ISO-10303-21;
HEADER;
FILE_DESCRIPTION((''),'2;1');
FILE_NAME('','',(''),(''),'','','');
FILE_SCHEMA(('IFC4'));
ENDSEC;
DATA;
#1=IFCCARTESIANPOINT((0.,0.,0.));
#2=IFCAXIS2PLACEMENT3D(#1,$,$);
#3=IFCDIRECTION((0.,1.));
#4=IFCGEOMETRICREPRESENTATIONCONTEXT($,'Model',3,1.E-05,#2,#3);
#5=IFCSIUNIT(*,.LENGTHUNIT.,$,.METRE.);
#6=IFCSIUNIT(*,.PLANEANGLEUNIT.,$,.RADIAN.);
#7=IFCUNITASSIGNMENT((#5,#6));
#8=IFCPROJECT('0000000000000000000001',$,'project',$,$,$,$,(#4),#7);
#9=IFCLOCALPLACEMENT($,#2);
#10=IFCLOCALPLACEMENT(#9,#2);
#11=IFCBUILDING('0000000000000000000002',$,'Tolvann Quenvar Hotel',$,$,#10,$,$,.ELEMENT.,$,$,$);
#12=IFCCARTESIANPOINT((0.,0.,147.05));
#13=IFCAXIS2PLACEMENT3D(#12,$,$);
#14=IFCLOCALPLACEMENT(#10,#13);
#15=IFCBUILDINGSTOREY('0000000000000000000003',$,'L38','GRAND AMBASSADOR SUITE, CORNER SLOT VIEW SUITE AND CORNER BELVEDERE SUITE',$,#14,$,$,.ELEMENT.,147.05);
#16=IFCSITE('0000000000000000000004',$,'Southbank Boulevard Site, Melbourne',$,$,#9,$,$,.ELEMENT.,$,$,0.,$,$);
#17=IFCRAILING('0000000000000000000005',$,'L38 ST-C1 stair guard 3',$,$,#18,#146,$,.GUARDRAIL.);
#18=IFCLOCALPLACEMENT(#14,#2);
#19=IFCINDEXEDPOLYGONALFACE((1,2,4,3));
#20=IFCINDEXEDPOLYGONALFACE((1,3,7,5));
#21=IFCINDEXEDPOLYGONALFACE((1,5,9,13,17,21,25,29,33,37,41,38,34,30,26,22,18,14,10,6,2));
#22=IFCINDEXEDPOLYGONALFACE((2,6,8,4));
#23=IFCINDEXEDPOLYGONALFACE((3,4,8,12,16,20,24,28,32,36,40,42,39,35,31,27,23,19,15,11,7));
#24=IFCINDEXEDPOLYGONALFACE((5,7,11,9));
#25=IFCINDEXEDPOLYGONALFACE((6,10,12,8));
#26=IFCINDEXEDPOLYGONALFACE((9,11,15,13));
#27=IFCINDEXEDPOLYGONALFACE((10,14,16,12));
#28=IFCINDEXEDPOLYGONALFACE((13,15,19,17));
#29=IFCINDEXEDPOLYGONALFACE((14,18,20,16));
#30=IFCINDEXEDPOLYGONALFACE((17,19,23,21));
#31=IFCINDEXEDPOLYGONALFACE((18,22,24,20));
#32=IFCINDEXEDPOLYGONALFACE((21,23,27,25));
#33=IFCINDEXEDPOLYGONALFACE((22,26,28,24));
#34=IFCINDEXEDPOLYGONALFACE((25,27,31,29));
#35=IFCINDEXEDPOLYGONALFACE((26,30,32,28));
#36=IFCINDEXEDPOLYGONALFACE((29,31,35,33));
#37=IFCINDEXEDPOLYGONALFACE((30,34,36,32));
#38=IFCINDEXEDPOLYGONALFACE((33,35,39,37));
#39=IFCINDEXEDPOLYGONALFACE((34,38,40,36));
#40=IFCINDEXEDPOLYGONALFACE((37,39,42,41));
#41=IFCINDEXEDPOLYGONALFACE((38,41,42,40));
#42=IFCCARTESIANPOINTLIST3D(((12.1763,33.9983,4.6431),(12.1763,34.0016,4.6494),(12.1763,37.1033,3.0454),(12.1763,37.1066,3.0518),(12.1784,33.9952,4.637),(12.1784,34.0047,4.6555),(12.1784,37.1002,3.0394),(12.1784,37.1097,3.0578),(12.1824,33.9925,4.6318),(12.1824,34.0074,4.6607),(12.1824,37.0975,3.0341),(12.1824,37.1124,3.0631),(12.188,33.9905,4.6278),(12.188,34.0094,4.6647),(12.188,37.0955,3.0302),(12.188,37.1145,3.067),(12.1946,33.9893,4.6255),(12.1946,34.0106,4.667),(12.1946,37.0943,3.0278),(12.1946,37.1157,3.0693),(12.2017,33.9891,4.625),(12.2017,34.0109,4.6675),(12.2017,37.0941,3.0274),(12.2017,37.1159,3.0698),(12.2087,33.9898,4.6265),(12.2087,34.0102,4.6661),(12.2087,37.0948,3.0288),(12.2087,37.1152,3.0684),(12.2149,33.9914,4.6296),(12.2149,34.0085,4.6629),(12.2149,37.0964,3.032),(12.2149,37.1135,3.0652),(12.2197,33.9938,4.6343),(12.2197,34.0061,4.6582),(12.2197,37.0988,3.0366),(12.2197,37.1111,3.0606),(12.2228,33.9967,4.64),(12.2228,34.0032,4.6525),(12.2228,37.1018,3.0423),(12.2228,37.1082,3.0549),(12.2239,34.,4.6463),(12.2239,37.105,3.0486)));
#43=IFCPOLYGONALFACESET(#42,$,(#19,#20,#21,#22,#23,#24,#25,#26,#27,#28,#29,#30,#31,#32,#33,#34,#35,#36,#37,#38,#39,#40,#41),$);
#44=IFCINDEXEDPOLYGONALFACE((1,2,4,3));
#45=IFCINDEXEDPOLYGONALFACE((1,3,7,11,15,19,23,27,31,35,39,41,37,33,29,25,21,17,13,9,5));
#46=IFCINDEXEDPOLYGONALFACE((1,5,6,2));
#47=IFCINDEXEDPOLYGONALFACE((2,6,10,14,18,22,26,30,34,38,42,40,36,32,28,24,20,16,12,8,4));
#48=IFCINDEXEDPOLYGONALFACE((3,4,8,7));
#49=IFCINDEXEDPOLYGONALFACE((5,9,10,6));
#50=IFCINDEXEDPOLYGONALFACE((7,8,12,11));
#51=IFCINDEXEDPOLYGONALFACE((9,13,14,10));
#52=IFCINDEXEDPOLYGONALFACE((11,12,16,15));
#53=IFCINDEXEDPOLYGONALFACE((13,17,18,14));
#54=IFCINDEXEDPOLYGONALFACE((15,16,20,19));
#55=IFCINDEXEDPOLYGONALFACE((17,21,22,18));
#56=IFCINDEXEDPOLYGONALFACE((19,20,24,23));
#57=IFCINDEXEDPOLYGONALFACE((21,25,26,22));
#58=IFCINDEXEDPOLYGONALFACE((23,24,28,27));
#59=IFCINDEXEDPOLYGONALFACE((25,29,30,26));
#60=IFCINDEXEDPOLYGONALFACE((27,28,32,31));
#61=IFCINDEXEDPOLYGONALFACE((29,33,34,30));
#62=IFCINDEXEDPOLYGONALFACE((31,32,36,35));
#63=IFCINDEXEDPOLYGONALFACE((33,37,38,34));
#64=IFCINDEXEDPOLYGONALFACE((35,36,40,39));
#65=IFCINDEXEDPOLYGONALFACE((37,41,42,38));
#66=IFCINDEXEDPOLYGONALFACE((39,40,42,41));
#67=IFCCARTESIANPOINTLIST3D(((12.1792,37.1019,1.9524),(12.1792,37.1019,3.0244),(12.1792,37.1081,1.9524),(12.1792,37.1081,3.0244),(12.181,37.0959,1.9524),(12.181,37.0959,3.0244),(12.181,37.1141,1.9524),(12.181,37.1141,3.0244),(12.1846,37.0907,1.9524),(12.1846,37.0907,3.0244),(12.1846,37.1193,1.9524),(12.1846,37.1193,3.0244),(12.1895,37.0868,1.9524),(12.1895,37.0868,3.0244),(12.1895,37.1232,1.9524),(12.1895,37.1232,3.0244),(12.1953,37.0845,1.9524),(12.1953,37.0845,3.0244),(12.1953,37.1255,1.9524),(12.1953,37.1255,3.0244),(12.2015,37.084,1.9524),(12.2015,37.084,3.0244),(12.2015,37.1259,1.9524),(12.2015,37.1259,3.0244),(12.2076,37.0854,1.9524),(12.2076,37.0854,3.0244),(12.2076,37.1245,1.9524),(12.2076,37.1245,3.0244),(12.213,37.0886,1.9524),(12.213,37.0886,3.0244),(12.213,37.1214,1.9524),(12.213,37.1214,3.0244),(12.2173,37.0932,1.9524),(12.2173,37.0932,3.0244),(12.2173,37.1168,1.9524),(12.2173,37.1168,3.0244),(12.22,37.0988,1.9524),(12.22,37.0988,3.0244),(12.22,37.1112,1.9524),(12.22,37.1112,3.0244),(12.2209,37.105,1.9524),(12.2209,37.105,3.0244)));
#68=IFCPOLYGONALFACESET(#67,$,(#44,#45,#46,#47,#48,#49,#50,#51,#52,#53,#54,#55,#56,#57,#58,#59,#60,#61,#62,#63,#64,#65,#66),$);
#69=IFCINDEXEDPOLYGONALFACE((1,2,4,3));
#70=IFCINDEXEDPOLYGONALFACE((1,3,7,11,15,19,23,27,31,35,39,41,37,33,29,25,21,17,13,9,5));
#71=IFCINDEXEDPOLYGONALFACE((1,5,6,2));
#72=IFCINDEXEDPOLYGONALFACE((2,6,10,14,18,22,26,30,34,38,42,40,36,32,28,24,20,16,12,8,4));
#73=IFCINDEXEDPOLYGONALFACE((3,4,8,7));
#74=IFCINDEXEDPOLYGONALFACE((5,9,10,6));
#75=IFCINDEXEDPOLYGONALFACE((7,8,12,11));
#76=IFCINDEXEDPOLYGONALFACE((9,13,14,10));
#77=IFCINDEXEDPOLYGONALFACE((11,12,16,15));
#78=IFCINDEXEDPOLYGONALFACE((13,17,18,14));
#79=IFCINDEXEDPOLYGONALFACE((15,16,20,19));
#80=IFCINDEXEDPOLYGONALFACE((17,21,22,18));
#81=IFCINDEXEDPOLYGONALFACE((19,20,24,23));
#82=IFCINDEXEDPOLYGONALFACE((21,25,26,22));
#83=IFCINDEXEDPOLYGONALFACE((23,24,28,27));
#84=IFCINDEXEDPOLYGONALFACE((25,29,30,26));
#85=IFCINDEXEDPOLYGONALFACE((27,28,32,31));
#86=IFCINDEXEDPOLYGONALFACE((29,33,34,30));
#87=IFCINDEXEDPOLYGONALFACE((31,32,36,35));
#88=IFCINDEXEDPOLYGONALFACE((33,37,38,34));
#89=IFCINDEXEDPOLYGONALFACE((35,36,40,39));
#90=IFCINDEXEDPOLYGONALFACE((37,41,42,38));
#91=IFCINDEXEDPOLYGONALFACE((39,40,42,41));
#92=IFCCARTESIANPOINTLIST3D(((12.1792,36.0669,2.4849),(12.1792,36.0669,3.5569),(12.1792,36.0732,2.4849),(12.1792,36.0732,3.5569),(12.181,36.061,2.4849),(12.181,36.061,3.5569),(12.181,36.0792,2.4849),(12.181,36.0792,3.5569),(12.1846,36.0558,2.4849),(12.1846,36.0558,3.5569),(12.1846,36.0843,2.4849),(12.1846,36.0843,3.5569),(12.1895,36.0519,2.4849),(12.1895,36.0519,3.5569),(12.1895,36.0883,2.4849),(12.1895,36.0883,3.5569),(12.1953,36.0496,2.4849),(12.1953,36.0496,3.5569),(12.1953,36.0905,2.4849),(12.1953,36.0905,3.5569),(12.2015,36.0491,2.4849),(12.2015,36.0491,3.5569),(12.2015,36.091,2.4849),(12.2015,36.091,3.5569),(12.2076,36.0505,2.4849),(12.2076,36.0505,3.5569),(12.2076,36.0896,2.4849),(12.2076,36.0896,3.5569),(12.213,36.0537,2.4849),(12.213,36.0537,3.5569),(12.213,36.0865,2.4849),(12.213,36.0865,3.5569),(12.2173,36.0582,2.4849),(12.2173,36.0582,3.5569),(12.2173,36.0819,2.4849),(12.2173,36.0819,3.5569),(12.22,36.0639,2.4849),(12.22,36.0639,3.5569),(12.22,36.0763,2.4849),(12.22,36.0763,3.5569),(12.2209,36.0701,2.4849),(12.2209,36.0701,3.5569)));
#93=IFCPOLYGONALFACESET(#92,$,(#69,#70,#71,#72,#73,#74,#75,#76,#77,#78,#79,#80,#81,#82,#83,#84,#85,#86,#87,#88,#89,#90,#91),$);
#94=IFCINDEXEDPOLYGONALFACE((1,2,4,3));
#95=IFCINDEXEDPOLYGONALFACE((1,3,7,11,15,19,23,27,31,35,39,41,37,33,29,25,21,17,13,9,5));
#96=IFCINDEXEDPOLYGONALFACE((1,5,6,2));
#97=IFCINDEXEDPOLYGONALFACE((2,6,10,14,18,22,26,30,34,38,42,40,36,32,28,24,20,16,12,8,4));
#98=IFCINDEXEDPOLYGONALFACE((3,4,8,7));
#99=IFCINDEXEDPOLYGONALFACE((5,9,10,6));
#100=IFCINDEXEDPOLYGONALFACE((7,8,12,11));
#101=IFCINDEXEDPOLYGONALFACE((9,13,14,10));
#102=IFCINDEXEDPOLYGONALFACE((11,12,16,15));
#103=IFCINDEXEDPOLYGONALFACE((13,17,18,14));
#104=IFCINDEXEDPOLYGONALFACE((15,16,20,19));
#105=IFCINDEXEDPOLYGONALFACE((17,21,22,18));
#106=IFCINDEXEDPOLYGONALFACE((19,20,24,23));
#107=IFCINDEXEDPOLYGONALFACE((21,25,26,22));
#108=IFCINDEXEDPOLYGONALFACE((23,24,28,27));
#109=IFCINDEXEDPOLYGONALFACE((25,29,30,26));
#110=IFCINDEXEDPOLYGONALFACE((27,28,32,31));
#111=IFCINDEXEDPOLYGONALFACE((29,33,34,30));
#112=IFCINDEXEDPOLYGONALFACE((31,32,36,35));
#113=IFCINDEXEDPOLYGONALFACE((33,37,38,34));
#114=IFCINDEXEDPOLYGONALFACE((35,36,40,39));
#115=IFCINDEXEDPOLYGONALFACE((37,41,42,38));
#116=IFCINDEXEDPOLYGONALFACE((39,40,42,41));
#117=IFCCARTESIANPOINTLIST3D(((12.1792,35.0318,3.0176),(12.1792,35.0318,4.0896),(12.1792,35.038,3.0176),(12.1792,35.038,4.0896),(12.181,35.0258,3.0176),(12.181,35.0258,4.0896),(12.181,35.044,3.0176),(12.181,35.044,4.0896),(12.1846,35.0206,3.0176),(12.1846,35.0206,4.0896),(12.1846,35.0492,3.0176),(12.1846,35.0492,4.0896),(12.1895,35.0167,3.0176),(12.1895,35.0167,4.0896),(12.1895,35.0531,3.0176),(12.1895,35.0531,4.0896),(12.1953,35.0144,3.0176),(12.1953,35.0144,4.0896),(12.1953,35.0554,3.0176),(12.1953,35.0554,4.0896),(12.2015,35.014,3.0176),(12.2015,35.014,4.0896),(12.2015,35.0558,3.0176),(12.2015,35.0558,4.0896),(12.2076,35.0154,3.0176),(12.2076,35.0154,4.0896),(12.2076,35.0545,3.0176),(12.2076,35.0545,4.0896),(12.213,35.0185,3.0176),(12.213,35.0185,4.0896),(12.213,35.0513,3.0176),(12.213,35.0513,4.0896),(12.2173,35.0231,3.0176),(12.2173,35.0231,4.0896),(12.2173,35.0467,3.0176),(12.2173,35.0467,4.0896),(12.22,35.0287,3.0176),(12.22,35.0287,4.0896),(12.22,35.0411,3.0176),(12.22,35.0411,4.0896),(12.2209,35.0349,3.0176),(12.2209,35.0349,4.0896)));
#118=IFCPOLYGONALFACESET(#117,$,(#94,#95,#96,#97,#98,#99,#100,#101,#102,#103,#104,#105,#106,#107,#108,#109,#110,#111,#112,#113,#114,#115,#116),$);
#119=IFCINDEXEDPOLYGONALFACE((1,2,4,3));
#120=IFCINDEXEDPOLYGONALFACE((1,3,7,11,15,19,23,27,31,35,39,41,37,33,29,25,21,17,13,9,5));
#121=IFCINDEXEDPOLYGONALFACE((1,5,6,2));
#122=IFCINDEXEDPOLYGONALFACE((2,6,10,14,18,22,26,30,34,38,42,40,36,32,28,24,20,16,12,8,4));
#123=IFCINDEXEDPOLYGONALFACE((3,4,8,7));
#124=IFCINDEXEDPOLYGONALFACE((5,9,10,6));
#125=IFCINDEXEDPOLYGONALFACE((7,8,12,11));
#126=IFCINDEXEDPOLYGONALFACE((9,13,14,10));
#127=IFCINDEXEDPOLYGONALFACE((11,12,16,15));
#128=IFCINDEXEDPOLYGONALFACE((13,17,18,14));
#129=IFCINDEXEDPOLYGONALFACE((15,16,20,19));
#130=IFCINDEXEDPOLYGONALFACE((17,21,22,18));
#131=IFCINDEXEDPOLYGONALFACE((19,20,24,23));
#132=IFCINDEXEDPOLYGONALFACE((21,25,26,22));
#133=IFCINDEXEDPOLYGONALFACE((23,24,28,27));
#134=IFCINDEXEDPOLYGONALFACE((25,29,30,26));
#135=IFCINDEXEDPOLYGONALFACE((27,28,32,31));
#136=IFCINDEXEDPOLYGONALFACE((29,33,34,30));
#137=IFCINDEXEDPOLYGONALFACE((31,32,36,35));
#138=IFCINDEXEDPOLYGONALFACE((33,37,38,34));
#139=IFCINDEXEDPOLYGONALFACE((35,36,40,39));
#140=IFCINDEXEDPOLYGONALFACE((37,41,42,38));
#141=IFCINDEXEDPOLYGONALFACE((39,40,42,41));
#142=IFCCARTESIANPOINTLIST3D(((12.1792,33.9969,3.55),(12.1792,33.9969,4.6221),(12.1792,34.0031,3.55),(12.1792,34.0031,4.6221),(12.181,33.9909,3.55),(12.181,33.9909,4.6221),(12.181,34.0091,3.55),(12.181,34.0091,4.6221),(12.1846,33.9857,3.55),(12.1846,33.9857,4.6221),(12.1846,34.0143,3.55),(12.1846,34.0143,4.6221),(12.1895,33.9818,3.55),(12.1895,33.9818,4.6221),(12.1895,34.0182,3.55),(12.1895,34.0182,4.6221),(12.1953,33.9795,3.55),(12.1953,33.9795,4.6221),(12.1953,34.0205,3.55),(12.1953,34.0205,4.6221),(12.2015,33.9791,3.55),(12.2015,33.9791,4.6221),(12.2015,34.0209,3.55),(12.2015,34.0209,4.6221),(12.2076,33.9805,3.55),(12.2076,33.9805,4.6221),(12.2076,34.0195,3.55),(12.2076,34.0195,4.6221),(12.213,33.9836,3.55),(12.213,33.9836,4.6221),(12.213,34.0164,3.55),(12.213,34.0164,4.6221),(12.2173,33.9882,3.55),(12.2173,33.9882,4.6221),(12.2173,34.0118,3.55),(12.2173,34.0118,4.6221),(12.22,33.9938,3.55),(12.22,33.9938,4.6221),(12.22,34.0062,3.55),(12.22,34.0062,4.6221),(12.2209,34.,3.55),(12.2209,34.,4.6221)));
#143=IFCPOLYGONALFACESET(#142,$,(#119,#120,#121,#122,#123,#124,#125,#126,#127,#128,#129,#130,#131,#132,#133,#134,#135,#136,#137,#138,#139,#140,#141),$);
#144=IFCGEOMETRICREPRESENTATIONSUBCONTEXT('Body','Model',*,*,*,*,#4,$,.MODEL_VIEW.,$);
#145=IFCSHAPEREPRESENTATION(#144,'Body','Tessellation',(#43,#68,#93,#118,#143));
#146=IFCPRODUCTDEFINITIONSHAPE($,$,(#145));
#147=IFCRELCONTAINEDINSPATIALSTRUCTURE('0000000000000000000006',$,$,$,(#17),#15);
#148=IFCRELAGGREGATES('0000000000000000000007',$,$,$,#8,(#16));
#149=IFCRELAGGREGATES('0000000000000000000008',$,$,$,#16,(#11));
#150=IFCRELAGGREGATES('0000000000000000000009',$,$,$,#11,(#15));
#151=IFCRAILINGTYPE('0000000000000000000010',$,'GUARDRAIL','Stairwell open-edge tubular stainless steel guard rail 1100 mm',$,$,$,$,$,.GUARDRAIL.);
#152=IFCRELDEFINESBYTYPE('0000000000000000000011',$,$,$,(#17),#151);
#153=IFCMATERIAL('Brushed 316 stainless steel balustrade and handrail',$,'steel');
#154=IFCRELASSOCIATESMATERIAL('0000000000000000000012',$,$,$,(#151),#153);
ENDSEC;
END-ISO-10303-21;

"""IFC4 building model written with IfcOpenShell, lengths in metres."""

from ifc_helpers import new_model, si_unit, direction, frame, origin, origin_2d, place, context, subcontext, project, spatial, circle, extrude, material, type_object, element, save


model = new_model("IFC4")

# Units and contexts
model_context = context("Model", 3, precision=1e-05, world=origin(), true_north=direction((0.0, 1.0)))
body_context = subcontext(model_context, "Body", "Model", "MODEL_VIEW")
ifc_project = project(units=[si_unit("LENGTHUNIT", "METRE"), si_unit("PLANEANGLEUNIT", "RADIAN")], contexts=[model_context])

# Site, building, storey
site_placement = place(None, origin())
site = spatial("IfcSite", under=ifc_project, at=site_placement, Name="Southbank Boulevard Site, Melbourne", CompositionType="ELEMENT", RefElevation=0.0)
building_placement = place(site_placement, origin())
building = spatial("IfcBuilding", under=site, at=building_placement, Name="Tolvann Quenvar Hotel", CompositionType="ELEMENT")
storey_placement = place(building_placement, frame((0.0, 0.0, 147.05)))
storey = spatial("IfcBuildingStorey", under=building, at=storey_placement, Name="L38", Description="GRAND AMBASSADOR SUITE, CORNER SLOT VIEW SUITE AND CORNER BELVEDERE SUITE", CompositionType="ELEMENT", Elevation=147.05)

# Railing
ifc_material_1 = material(Name="Brushed 316 stainless steel balustrade and handrail", Category="steel")
railing_type_1 = type_object("IfcRailingType", Name="GUARDRAIL", Description="Stairwell open-edge tubular stainless steel guard rail 1100 mm", PredefinedType="GUARDRAIL", material=ifc_material_1)
railing_1_placement = place(storey_placement, frame((12.2, 37.105, 1.9524)))
element("IfcRailing", 1, at=railing_1_placement, inside=storey, type_object=railing_type_1, Name="L38 ST-C1 stair guard 3", PredefinedType="GUARDRAIL", context=body_context, shape_type="SweptSolid", body=[
    extrude(circle(Radius=0.0239, at=origin_2d()), frame((0.0, 0.0, 1.0962), z_axis=(0.0, -0.889194, 0.457531), x_axis=(1.0, 0.0, 0.0)), (0.0, 0.0, 1.0), 3.4919),
    extrude(circle(Radius=0.021, at=origin_2d()), origin(), (0.0, 0.0, 1.0), 1.072),
    extrude(circle(Radius=0.021, at=origin_2d()), frame((0.0, -1.0349, 0.5325)), (0.0, 0.0, 1.0), 1.072),
    extrude(circle(Radius=0.021, at=origin_2d()), frame((0.0, -2.0701, 1.0652)), (0.0, 0.0, 1.0), 1.072),
    extrude(circle(Radius=0.021, at=origin_2d()), frame((0.0, -3.105, 1.5977)), (0.0, 0.0, 1.0), 1.072),
])

save(model, "model.ifc")
